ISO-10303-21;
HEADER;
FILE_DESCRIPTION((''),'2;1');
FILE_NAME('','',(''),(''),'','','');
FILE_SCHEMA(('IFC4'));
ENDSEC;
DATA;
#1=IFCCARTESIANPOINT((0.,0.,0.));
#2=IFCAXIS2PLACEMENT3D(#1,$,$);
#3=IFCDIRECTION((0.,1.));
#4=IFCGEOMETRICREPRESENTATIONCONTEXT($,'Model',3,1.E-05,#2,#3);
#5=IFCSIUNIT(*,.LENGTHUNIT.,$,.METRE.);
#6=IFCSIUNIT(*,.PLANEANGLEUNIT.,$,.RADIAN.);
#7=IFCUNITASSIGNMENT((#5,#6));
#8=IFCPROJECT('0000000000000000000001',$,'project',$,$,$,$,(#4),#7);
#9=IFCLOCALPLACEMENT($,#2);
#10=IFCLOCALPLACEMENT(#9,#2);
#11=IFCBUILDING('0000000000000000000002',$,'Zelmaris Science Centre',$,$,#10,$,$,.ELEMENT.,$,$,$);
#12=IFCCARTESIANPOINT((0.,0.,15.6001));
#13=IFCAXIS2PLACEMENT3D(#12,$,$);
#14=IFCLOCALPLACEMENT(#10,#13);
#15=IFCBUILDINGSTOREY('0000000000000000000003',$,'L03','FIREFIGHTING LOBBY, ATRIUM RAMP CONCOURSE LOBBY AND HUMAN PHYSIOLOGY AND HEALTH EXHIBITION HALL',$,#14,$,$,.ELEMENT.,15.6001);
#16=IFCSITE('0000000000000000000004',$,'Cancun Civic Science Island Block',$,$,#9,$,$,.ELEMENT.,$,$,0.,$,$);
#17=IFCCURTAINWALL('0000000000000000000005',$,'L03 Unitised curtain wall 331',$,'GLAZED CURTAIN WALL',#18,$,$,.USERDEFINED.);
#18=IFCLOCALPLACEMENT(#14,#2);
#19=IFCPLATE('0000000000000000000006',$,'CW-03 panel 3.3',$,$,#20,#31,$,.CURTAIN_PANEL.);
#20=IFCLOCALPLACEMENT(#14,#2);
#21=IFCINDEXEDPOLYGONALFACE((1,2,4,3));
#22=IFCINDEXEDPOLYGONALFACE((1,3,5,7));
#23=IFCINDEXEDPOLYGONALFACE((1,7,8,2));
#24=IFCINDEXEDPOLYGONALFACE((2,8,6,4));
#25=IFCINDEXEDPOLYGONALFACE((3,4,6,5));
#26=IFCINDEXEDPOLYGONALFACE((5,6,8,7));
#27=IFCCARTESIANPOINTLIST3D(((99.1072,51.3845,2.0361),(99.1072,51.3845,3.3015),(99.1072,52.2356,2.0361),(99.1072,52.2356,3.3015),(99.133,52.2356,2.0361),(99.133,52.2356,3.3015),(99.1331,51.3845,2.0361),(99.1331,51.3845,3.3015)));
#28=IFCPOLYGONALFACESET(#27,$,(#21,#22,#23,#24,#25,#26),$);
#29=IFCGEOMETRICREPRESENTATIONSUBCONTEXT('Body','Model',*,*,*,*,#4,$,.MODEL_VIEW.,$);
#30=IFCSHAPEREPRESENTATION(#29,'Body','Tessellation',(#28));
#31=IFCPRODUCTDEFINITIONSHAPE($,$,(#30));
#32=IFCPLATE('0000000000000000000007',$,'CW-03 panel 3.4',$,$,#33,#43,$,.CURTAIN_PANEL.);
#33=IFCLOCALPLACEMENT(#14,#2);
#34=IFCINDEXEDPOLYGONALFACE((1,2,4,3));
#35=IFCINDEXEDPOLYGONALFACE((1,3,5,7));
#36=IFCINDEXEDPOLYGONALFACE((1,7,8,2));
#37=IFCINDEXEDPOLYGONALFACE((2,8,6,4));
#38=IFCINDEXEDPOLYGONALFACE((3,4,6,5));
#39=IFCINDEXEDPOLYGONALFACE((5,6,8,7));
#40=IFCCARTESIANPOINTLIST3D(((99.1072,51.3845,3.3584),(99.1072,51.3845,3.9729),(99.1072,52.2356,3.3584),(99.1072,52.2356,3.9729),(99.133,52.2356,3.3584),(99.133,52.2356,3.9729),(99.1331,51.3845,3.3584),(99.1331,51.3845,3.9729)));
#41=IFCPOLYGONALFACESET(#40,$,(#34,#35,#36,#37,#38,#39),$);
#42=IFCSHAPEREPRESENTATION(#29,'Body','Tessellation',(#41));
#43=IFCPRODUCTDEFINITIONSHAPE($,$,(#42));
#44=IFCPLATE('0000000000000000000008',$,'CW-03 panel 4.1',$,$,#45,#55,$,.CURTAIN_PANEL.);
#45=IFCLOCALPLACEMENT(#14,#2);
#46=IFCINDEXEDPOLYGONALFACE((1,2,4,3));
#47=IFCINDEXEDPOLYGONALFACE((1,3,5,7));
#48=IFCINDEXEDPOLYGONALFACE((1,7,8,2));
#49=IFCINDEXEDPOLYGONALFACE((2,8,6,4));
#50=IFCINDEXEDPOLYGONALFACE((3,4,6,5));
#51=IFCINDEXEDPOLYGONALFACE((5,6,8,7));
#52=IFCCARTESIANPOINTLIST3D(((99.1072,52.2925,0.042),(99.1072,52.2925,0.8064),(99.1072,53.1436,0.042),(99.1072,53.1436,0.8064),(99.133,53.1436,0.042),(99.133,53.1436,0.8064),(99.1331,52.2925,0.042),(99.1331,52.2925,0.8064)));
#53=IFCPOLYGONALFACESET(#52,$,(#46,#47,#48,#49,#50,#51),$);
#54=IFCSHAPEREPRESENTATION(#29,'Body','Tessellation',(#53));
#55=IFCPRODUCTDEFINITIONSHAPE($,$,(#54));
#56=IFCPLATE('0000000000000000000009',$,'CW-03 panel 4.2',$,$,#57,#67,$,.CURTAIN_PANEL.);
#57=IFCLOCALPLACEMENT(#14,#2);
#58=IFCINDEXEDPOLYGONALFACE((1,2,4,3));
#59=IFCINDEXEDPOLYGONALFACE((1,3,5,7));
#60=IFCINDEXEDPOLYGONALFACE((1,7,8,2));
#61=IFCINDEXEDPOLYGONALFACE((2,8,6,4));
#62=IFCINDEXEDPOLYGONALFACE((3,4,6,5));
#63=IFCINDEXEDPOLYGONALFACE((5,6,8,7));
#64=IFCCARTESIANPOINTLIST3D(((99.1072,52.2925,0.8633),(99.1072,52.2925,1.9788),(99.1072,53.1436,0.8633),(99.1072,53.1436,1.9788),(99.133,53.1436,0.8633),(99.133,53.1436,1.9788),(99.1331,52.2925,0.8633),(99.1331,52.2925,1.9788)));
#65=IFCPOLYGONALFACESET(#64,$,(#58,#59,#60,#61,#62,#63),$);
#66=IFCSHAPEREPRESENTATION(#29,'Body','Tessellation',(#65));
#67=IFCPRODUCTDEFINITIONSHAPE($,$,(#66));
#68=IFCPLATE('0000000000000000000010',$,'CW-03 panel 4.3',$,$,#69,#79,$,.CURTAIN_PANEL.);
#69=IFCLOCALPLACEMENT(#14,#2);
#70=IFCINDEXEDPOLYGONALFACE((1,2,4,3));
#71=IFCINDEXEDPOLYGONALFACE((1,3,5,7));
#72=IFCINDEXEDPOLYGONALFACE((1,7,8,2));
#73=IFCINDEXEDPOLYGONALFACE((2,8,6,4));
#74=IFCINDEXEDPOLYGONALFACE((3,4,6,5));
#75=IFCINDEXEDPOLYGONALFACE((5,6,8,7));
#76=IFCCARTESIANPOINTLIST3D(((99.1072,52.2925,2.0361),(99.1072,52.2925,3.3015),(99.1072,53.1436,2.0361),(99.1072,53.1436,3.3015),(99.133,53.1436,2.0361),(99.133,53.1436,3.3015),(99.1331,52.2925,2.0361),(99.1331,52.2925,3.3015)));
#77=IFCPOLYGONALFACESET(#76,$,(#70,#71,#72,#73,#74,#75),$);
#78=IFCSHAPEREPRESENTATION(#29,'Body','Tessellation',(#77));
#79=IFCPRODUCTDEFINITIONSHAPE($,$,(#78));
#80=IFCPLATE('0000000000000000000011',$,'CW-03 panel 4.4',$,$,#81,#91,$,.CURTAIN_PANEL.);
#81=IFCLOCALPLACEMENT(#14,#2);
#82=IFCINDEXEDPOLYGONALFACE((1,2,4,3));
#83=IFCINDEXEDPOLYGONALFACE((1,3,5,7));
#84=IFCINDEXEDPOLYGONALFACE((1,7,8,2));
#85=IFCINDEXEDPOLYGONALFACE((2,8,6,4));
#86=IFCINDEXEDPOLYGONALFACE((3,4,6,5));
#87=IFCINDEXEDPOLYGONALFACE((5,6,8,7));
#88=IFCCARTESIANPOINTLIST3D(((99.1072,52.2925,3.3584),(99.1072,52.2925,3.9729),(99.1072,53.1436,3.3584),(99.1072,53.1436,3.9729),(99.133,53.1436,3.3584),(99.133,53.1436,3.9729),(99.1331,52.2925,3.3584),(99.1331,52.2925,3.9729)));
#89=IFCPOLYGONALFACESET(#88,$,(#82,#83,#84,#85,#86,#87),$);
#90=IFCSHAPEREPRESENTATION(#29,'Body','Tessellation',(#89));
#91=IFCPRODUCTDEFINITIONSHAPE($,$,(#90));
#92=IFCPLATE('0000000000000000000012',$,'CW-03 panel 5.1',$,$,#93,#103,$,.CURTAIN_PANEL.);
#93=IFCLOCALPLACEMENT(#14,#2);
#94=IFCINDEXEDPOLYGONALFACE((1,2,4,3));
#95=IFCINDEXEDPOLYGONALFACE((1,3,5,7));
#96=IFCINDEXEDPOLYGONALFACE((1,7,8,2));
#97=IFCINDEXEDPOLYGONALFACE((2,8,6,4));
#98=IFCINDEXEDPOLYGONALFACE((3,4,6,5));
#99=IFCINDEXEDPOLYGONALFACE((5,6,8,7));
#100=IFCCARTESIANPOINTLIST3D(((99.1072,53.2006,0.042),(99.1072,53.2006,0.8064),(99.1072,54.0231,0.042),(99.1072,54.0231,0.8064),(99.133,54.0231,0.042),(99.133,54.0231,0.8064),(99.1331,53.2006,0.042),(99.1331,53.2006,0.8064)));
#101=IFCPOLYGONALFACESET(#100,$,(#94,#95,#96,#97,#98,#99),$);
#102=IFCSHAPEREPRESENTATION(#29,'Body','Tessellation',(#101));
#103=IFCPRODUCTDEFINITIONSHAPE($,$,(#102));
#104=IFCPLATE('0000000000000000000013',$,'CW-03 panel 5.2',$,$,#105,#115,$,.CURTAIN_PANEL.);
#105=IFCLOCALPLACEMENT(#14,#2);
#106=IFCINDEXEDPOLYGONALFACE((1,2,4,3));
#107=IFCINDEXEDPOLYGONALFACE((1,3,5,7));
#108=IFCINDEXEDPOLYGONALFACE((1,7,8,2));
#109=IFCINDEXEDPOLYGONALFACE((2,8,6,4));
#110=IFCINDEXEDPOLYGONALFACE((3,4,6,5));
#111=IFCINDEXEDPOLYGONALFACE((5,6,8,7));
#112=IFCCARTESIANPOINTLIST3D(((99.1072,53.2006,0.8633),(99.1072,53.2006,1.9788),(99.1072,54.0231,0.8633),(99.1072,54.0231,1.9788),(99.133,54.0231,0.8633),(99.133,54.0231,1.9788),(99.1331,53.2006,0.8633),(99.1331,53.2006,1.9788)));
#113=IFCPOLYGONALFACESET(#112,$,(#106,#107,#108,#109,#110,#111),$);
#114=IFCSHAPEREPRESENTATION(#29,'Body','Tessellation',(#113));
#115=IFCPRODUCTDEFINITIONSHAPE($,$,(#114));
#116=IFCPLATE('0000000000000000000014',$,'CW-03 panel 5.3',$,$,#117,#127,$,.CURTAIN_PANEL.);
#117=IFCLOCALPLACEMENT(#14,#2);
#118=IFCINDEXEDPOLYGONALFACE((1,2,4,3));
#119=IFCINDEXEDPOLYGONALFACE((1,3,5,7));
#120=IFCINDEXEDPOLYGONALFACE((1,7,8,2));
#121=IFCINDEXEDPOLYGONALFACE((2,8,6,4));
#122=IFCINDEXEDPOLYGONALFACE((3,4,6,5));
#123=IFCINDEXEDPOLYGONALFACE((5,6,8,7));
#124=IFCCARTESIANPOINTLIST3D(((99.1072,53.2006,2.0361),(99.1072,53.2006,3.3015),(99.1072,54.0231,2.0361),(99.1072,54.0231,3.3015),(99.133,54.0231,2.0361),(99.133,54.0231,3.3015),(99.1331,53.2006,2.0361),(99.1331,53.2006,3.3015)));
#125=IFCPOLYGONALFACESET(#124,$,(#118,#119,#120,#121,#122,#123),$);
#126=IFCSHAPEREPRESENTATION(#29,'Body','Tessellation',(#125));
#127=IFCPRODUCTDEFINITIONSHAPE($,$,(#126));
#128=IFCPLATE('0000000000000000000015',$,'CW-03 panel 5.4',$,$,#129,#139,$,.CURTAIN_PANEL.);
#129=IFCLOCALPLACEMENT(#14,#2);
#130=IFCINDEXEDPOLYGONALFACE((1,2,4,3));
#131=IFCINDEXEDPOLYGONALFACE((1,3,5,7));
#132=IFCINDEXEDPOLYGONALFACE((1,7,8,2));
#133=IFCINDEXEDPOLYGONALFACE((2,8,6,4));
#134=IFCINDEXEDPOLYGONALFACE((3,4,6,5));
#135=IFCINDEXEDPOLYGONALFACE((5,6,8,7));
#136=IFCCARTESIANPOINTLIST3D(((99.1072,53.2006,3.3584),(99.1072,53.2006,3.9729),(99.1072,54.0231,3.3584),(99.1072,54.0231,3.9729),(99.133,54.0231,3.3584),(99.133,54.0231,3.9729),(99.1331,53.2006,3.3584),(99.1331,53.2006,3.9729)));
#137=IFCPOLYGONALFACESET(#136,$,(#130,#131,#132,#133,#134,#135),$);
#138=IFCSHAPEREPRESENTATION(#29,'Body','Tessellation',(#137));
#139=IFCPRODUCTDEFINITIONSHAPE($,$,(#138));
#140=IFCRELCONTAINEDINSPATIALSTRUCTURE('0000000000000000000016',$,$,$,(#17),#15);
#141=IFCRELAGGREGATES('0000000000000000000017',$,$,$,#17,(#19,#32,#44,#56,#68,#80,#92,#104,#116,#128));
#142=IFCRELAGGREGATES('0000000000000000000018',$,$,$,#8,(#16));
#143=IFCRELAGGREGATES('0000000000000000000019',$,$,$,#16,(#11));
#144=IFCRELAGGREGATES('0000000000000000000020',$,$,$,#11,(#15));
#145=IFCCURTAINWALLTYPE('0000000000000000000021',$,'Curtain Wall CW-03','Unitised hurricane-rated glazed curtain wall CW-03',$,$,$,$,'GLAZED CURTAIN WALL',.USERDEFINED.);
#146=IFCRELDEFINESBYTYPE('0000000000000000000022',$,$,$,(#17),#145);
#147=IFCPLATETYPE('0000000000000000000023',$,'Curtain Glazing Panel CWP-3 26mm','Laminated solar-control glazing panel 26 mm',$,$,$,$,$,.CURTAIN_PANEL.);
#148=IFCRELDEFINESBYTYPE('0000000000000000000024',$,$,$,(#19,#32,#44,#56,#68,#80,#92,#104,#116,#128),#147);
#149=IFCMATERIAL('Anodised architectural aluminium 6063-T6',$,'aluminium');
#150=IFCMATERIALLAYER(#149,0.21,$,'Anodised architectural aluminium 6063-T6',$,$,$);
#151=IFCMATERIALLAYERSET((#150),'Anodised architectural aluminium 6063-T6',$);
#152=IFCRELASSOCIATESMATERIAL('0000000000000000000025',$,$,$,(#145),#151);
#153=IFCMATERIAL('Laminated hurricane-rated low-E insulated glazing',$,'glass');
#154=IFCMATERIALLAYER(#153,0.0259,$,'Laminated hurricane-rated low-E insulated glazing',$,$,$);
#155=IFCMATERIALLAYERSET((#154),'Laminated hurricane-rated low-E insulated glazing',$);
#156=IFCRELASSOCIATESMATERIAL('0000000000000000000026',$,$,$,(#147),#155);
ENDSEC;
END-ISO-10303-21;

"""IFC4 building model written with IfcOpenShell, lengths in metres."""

from ifc_helpers import new_model, si_unit, direction, frame, origin, origin_2d, place, context, subcontext, project, spatial, rectangle, extrude, material, layer, layer_set, type_object, element, aggregate, save


model = new_model("IFC4")

# Units and contexts
model_context = context("Model", 3, precision=1e-05, world=origin(), true_north=direction((0.0, 1.0)))
body_context = subcontext(model_context, "Body", "Model", "MODEL_VIEW")
ifc_project = project(units=[si_unit("LENGTHUNIT", "METRE"), si_unit("PLANEANGLEUNIT", "RADIAN")], contexts=[model_context])

# Site, building, storey
site_placement = place(None, origin())
site = spatial("IfcSite", under=ifc_project, at=site_placement, Name="Cancun Civic Science Island Block", CompositionType="ELEMENT", RefElevation=0.0)
building_placement = place(site_placement, origin())
building = spatial("IfcBuilding", under=site, at=building_placement, Name="Zelmaris Science Centre", CompositionType="ELEMENT")
storey_placement = place(building_placement, frame((0.0, 0.0, 15.6001)))
storey = spatial("IfcBuildingStorey", under=building, at=storey_placement, Name="L03", Description="FIREFIGHTING LOBBY, ATRIUM RAMP CONCOURSE LOBBY AND HUMAN PHYSIOLOGY AND HEALTH EXHIBITION HALL", CompositionType="ELEMENT", Elevation=15.6001)

# Curtain wall
ifc_material_1 = material(Name="Anodised architectural aluminium 6063-T6", Category="aluminium")
ifc_layer_1 = layer(ifc_material_1, 0.21, Name="Anodised architectural aluminium 6063-T6")
ifc_layer_set_1 = layer_set([ifc_layer_1], Name="Anodised architectural aluminium 6063-T6")
curtain_wall_type_1 = type_object("IfcCurtainWallType", Name="Curtain Wall CW-03", Description="Unitised hurricane-rated glazed curtain wall CW-03", ElementType="GLAZED CURTAIN WALL", PredefinedType="USERDEFINED", material=ifc_layer_set_1)
curtain_wall_1_placement = place(storey_placement, origin())
curtain_wall_1 = element("IfcCurtainWall", 1, at=curtain_wall_1_placement, inside=storey, type_object=curtain_wall_type_1, Name="L03 Unitised curtain wall 331", ObjectType="GLAZED CURTAIN WALL", PredefinedType="USERDEFINED")

# Plates
ifc_material_2 = material(Name="Laminated hurricane-rated low-E insulated glazing", Category="glass")
ifc_layer_2 = layer(ifc_material_2, 0.0259, Name="Laminated hurricane-rated low-E insulated glazing")
ifc_layer_set_2 = layer_set([ifc_layer_2], Name="Laminated hurricane-rated low-E insulated glazing")
plate_type_1 = type_object("IfcPlateType", Name="Curtain Glazing Panel CWP-3 26mm", Description="Laminated solar-control glazing panel 26 mm", PredefinedType="CURTAIN_PANEL", material=ifc_layer_set_2)
plate_1_placement = place(storey_placement, frame((99.1201, 51.8101, 2.0361), z_axis=(0.0, 0.0, 1.0), x_axis=(-0.000022, 1.0, 0.0)))
plate_1 = element("IfcPlate", 2, at=plate_1_placement, type_object=plate_type_1, Name="CW-03 panel 3.3", PredefinedType="CURTAIN_PANEL", context=body_context, shape_type="SweptSolid", body=[
    extrude(rectangle(XDim=0.8511, YDim=0.0259, at=origin_2d()), origin(), (0.0, 0.0, 1.0), 1.2654),
])
plate_2_placement = place(storey_placement, frame((99.1201, 51.8101, 3.3584), z_axis=(0.0, 0.0, 1.0), x_axis=(-0.000022, 1.0, 0.0)))
plate_2 = element("IfcPlate", 3, at=plate_2_placement, type_object=plate_type_1, Name="CW-03 panel 3.4", PredefinedType="CURTAIN_PANEL", context=body_context, shape_type="SweptSolid", body=[
    extrude(rectangle(XDim=0.8511, YDim=0.0259, at=origin_2d()), origin(), (0.0, 0.0, 1.0), 0.6145),
])
plate_3_placement = place(storey_placement, frame((99.1201, 52.718, 0.042), z_axis=(0.0, 0.0, 1.0), x_axis=(-0.000022, 1.0, 0.0)))
plate_3 = element("IfcPlate", 4, at=plate_3_placement, type_object=plate_type_1, Name="CW-03 panel 4.1", PredefinedType="CURTAIN_PANEL", context=body_context, shape_type="SweptSolid", body=[
    extrude(rectangle(XDim=0.8511, YDim=0.0259, at=origin_2d()), origin(), (0.0, 0.0, 1.0), 0.7644),
])
plate_4_placement = place(storey_placement, frame((99.1201, 52.718, 0.8633), z_axis=(0.0, 0.0, 1.0), x_axis=(-0.000022, 1.0, 0.0)))
plate_4 = element("IfcPlate", 5, at=plate_4_placement, type_object=plate_type_1, Name="CW-03 panel 4.2", PredefinedType="CURTAIN_PANEL", context=body_context, shape_type="SweptSolid", body=[
    extrude(rectangle(XDim=0.8511, YDim=0.0259, at=origin_2d()), origin(), (0.0, 0.0, 1.0), 1.1155),
])
plate_5_placement = place(storey_placement, frame((99.1201, 52.718, 2.0361), z_axis=(0.0, 0.0, 1.0), x_axis=(-0.000022, 1.0, 0.0)))
plate_5 = element("IfcPlate", 6, at=plate_5_placement, type_object=plate_type_1, Name="CW-03 panel 4.3", PredefinedType="CURTAIN_PANEL", context=body_context, shape_type="SweptSolid", body=[
    extrude(rectangle(XDim=0.8511, YDim=0.0259, at=origin_2d()), origin(), (0.0, 0.0, 1.0), 1.2654),
])
plate_6_placement = place(storey_placement, frame((99.1201, 52.718, 3.3584), z_axis=(0.0, 0.0, 1.0), x_axis=(-0.000022, 1.0, 0.0)))
plate_6 = element("IfcPlate", 7, at=plate_6_placement, type_object=plate_type_1, Name="CW-03 panel 4.4", PredefinedType="CURTAIN_PANEL", context=body_context, shape_type="SweptSolid", body=[
    extrude(rectangle(XDim=0.8511, YDim=0.0259, at=origin_2d()), origin(), (0.0, 0.0, 1.0), 0.6145),
])
plate_7_placement = place(storey_placement, frame((99.1201, 53.6118, 0.042), z_axis=(0.0, 0.0, 1.0), x_axis=(-0.000022, 1.0, 0.0)))
plate_7 = element("IfcPlate", 8, at=plate_7_placement, type_object=plate_type_1, Name="CW-03 panel 5.1", PredefinedType="CURTAIN_PANEL", context=body_context, shape_type="SweptSolid", body=[
    extrude(rectangle(XDim=0.8225, YDim=0.0259, at=origin_2d()), origin(), (0.0, 0.0, 1.0), 0.7644),
])
plate_8_placement = place(storey_placement, frame((99.1201, 53.6118, 0.8633), z_axis=(0.0, 0.0, 1.0), x_axis=(-0.000022, 1.0, 0.0)))
plate_8 = element("IfcPlate", 9, at=plate_8_placement, type_object=plate_type_1, Name="CW-03 panel 5.2", PredefinedType="CURTAIN_PANEL", context=body_context, shape_type="SweptSolid", body=[
    extrude(rectangle(XDim=0.8225, YDim=0.0259, at=origin_2d()), origin(), (0.0, 0.0, 1.0), 1.1155),
])
plate_9_placement = place(storey_placement, frame((99.1201, 53.6118, 2.0361), z_axis=(0.0, 0.0, 1.0), x_axis=(-0.000022, 1.0, 0.0)))
plate_9 = element("IfcPlate", 10, at=plate_9_placement, type_object=plate_type_1, Name="CW-03 panel 5.3", PredefinedType="CURTAIN_PANEL", context=body_context, shape_type="SweptSolid", body=[
    extrude(rectangle(XDim=0.8225, YDim=0.0259, at=origin_2d()), origin(), (0.0, 0.0, 1.0), 1.2654),
])
plate_10_placement = place(storey_placement, frame((99.1201, 53.6118, 3.3584), z_axis=(0.0, 0.0, 1.0), x_axis=(-0.000022, 1.0, 0.0)))
plate_10 = element("IfcPlate", 11, at=plate_10_placement, type_object=plate_type_1, Name="CW-03 panel 5.4", PredefinedType="CURTAIN_PANEL", context=body_context, shape_type="SweptSolid", body=[
    extrude(rectangle(XDim=0.8225, YDim=0.0259, at=origin_2d()), origin(), (0.0, 0.0, 1.0), 0.6145),
])
aggregate(curtain_wall_1, [plate_1, plate_2, plate_3, plate_4, plate_5, plate_6, plate_7, plate_8, plate_9, plate_10])

save(model, "model.ifc")
